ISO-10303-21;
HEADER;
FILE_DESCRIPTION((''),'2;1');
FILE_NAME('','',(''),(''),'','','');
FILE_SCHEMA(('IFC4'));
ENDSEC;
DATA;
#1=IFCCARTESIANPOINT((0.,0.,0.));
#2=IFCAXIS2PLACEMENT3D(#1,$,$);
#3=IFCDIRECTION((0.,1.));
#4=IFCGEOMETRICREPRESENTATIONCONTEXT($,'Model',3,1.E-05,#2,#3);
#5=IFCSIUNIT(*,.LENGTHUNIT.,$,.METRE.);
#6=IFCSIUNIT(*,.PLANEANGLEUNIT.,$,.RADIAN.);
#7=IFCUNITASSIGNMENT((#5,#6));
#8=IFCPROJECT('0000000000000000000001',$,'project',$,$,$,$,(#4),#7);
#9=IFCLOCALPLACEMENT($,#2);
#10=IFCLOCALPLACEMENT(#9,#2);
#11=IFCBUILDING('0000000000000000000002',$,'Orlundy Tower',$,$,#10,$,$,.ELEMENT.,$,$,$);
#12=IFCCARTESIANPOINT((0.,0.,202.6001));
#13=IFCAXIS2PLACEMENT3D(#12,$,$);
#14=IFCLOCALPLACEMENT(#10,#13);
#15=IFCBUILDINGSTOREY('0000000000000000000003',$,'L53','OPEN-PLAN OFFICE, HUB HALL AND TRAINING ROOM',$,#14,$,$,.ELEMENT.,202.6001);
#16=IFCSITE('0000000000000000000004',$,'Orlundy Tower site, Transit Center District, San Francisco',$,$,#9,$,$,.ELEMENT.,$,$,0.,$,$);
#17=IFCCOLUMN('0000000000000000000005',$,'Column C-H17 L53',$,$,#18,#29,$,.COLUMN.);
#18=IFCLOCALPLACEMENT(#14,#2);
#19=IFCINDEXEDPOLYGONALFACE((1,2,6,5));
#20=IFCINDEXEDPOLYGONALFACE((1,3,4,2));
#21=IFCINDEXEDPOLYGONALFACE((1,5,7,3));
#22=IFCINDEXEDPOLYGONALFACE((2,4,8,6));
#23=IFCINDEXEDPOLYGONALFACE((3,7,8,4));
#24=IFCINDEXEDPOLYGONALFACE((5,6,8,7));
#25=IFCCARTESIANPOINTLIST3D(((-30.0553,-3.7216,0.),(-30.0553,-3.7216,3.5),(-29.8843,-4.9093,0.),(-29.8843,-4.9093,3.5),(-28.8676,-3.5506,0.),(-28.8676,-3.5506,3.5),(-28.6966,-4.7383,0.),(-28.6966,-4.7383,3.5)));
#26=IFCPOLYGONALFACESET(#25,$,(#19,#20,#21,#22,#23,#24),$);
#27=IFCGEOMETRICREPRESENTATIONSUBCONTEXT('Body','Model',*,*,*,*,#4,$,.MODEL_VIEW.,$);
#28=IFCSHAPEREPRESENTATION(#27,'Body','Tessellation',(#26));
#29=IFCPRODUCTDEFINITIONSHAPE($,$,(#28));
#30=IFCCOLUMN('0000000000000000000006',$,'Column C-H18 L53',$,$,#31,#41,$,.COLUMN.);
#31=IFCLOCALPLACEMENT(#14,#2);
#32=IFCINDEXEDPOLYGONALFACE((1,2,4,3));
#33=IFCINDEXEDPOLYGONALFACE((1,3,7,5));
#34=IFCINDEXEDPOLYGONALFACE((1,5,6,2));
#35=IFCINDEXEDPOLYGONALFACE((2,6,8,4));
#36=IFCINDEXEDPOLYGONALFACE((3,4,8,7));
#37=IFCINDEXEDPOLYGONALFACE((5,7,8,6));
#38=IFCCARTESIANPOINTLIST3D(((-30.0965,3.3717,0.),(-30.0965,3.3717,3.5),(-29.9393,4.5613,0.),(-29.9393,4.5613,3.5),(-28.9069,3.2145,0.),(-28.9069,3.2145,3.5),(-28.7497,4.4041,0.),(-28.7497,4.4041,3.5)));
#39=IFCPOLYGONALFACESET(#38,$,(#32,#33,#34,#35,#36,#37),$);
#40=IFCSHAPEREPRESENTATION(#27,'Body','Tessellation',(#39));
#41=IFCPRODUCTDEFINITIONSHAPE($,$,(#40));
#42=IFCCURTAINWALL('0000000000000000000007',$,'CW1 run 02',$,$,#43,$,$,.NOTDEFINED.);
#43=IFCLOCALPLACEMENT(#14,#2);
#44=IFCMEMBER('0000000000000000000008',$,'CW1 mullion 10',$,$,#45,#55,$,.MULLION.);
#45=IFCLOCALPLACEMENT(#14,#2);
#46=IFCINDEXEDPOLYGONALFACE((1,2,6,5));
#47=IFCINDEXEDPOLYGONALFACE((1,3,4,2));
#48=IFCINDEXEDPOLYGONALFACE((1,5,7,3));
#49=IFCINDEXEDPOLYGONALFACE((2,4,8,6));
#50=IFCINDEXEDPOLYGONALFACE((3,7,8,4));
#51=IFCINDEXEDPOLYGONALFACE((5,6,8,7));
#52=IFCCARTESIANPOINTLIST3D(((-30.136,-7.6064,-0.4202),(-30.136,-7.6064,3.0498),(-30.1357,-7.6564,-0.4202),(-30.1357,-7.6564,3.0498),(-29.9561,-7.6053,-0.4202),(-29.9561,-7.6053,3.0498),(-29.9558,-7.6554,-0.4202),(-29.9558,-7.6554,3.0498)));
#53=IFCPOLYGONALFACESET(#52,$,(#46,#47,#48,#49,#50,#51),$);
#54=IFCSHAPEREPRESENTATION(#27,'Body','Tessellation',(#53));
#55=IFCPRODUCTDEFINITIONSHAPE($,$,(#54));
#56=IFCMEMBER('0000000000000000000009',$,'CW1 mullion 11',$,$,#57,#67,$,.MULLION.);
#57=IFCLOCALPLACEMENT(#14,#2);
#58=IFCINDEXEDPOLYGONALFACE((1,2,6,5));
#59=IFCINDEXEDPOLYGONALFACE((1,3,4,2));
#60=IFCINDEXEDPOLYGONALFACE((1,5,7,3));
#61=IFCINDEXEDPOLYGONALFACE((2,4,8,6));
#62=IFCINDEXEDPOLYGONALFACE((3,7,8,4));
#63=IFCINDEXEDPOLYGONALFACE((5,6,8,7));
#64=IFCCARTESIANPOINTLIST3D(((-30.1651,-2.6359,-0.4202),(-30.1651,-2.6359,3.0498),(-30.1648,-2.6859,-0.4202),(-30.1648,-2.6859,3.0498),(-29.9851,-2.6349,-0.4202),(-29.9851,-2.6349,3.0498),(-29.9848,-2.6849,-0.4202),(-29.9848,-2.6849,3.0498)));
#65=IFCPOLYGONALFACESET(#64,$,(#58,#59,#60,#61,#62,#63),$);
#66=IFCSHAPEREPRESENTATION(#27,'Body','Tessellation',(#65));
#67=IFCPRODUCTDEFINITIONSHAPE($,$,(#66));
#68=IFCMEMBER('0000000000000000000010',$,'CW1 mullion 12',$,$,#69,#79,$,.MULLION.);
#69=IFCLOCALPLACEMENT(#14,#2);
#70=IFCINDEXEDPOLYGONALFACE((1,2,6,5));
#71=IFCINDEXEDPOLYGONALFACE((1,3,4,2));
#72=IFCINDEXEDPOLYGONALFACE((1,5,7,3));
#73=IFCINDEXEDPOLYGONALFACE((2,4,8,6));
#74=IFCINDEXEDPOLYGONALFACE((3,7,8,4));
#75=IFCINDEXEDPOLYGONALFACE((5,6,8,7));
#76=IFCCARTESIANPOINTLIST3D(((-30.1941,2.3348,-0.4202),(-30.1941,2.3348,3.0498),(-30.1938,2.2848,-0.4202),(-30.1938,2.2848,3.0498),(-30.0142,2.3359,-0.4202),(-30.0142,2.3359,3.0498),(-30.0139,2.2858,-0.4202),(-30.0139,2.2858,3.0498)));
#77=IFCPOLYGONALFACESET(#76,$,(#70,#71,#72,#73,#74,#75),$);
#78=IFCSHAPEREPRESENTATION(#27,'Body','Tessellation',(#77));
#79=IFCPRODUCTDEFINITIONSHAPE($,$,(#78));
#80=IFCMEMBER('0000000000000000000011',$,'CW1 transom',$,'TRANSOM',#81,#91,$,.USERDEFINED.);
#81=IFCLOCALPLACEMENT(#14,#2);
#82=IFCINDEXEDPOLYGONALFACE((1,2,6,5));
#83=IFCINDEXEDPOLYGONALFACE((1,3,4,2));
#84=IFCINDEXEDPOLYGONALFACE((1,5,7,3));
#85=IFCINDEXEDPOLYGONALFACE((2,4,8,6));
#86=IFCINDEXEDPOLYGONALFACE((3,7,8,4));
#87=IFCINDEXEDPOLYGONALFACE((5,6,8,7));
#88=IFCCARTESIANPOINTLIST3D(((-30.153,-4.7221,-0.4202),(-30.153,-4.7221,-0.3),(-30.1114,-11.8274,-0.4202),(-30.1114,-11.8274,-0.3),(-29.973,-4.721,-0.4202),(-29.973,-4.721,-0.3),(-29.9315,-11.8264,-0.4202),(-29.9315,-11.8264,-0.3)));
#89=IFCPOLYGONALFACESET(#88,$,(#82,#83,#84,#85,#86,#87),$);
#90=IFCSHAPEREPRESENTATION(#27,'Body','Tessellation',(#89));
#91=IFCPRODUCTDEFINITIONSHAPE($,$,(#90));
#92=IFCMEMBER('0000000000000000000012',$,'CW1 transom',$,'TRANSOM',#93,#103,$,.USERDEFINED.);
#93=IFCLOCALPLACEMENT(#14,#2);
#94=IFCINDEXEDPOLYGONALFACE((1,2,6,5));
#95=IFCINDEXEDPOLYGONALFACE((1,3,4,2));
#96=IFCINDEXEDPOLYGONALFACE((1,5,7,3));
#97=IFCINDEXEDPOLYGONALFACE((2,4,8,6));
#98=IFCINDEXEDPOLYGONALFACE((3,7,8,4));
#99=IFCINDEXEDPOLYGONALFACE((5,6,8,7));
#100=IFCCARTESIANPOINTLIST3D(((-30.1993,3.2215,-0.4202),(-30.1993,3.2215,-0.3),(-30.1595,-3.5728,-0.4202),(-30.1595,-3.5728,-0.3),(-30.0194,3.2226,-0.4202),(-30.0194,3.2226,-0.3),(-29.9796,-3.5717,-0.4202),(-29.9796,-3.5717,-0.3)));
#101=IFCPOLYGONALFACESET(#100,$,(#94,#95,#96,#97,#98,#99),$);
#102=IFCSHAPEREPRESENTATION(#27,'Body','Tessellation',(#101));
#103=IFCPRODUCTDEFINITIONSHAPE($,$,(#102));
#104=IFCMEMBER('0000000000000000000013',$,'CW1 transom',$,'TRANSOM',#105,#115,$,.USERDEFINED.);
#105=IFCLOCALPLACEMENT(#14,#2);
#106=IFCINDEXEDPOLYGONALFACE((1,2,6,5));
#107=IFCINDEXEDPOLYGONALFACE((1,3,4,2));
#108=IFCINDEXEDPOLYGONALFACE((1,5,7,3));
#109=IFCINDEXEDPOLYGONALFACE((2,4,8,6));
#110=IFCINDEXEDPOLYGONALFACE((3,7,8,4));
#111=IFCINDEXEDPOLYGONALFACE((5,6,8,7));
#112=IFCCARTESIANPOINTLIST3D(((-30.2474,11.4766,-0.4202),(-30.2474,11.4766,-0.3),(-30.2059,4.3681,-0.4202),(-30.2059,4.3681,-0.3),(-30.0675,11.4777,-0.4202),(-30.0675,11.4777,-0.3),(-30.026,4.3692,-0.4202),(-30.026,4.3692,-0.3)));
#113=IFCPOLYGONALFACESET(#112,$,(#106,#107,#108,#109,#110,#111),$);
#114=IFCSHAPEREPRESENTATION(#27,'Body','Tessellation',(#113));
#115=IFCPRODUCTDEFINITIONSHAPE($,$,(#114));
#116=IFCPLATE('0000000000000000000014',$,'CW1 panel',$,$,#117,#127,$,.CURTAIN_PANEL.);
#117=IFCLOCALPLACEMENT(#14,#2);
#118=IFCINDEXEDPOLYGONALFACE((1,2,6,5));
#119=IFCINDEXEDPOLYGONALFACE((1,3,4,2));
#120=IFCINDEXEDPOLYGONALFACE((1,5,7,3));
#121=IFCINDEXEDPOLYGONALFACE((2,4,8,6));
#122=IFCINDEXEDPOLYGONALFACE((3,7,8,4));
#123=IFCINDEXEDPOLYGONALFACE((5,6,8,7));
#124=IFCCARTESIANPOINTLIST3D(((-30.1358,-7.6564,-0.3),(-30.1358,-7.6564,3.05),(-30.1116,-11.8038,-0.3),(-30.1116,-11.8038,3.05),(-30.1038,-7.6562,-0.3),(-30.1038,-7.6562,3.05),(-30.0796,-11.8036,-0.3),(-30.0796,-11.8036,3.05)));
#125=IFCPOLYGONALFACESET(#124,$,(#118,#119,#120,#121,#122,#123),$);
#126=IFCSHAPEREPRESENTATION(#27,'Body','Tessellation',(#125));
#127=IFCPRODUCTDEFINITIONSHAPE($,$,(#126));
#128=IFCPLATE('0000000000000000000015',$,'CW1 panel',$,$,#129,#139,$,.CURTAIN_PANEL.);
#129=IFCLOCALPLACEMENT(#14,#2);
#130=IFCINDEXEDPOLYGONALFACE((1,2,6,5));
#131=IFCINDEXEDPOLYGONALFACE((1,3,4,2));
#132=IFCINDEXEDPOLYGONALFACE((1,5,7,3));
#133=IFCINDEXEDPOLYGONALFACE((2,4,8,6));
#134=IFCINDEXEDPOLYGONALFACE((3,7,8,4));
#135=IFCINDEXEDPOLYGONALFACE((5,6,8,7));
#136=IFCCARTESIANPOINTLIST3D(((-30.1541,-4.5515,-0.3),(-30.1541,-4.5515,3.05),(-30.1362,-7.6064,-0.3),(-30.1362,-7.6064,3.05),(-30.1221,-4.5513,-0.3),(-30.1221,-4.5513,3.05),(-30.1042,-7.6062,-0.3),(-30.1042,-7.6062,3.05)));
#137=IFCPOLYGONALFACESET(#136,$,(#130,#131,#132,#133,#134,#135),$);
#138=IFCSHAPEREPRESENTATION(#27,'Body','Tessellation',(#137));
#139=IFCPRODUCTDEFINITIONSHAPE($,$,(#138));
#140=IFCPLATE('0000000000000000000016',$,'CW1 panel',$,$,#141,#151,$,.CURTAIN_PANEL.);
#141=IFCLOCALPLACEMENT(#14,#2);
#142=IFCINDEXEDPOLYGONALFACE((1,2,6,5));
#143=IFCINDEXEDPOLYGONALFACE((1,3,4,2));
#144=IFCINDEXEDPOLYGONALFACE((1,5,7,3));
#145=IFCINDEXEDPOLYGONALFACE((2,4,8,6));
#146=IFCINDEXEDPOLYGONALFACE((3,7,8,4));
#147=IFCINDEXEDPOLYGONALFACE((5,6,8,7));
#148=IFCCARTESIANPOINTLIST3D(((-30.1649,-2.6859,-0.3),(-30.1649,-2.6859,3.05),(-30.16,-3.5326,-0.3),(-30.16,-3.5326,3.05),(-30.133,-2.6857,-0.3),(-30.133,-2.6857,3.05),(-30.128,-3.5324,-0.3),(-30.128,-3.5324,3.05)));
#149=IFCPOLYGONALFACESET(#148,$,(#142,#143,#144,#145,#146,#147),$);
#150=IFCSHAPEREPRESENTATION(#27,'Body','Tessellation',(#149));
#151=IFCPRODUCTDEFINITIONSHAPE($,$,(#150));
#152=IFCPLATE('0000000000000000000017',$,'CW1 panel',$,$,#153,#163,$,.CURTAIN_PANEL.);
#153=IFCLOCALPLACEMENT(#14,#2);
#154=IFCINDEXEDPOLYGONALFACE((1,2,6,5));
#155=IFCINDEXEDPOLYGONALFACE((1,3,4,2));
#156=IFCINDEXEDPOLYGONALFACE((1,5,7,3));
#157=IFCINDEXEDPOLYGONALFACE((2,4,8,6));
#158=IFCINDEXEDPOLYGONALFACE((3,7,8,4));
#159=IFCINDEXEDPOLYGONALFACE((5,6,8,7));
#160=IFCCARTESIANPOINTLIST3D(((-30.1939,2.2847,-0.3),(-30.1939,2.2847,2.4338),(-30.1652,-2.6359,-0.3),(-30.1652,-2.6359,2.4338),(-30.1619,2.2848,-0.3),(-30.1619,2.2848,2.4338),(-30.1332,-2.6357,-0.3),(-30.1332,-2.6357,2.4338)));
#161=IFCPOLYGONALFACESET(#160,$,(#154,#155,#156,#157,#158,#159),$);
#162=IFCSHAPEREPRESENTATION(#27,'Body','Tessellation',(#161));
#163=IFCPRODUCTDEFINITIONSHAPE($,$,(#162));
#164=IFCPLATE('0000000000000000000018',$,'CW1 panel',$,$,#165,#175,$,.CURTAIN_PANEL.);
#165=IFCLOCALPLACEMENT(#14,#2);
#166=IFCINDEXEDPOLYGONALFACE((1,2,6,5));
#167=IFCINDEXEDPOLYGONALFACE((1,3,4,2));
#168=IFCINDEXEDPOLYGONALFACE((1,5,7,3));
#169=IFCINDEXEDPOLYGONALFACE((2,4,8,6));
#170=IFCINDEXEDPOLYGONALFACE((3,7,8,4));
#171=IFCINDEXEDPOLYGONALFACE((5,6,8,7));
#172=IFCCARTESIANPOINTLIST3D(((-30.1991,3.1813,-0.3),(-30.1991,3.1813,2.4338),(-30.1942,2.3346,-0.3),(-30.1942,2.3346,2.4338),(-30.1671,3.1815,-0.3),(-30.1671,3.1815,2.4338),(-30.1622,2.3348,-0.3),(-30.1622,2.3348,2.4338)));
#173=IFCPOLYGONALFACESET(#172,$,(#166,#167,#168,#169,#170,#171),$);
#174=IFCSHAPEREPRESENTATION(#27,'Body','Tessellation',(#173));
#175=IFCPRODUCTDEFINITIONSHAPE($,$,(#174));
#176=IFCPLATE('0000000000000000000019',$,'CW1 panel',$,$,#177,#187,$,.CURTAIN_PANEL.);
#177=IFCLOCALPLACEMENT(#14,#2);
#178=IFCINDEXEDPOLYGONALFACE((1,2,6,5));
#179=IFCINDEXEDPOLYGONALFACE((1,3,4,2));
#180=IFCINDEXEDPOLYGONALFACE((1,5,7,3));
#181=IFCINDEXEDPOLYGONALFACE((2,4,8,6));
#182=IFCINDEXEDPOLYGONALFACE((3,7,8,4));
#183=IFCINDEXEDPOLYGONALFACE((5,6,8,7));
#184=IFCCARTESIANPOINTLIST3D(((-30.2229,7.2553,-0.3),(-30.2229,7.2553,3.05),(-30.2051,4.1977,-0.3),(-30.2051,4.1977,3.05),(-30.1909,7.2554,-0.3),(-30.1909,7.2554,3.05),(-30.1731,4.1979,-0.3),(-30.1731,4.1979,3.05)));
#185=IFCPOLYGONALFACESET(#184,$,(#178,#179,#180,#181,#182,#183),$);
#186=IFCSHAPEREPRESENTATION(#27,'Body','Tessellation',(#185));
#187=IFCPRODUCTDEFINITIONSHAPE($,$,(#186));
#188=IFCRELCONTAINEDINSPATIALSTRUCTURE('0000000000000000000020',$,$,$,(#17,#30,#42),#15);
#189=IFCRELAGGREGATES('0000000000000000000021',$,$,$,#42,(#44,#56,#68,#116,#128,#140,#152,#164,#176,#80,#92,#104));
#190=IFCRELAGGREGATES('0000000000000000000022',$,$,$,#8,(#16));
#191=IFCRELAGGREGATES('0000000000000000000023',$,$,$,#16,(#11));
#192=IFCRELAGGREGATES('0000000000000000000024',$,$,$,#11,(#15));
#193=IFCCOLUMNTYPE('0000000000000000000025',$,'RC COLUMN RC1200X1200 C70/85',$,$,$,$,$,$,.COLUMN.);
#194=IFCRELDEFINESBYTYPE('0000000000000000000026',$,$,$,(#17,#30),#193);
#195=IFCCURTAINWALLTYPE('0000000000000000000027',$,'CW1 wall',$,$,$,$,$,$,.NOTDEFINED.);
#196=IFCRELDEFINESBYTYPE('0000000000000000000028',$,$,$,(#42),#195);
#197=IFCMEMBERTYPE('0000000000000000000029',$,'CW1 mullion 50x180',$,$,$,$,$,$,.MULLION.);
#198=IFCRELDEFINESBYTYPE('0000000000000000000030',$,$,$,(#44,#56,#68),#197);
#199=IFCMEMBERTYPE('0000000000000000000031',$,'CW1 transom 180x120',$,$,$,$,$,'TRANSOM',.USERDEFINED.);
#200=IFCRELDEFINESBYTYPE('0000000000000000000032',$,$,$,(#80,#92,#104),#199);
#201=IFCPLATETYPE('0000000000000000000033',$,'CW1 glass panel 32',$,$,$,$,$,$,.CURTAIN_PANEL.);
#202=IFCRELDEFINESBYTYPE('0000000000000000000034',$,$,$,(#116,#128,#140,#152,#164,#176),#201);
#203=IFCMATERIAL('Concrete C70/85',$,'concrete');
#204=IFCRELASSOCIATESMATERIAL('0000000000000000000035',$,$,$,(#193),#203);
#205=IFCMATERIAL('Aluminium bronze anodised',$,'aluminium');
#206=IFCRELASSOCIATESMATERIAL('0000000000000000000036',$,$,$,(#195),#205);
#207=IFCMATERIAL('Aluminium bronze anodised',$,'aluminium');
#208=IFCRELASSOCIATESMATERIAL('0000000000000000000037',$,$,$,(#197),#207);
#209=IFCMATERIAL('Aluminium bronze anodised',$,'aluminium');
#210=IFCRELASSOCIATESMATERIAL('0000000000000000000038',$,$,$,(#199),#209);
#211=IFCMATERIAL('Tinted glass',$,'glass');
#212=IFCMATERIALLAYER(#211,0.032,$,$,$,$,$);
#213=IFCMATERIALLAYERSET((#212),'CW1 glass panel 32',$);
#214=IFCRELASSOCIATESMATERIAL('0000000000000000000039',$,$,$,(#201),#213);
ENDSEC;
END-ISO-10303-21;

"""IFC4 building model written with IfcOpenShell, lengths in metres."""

from ifc_helpers import new_model, si_unit, direction, frame, origin, origin_2d, place, context, subcontext, project, spatial, rectangle, extrude, material, layer, layer_set, material_profile, profile_set, type_object, element, aggregate, save


model = new_model("IFC4")

# Units and contexts
model_context = context("Model", 3, precision=1e-05, world=origin(), true_north=direction((0.0, 1.0)))
body_context = subcontext(model_context, "Body", "Model", "MODEL_VIEW")
ifc_project = project(units=[si_unit("LENGTHUNIT", "METRE"), si_unit("PLANEANGLEUNIT", "RADIAN")], contexts=[model_context])

# Site, building, storey
site_placement = place(None, origin())
site = spatial("IfcSite", under=ifc_project, at=site_placement, Name="Orlundy Tower site, Transit Center District, San Francisco", CompositionType="ELEMENT", RefElevation=0.0)
building_placement = place(site_placement, origin())
building = spatial("IfcBuilding", under=site, at=building_placement, Name="Orlundy Tower", CompositionType="ELEMENT")
storey_placement = place(building_placement, frame((0.0, 0.0, 202.6001)))
storey = spatial("IfcBuildingStorey", under=building, at=storey_placement, Name="L53", Description="OPEN-PLAN OFFICE, HUB HALL AND TRAINING ROOM", CompositionType="ELEMENT", Elevation=202.6001)

# Columns
ifc_material_1 = material(Name="Concrete C70/85", Category="concrete")
ifc_material_profile_1 = material_profile(ifc_material_1, rectangle(XDim=1.2, YDim=1.2, at=origin_2d()), Name="RC1200X1200")
ifc_profile_set_1 = profile_set([ifc_material_profile_1], Name="Concrete C70/85")
column_type = type_object("IfcColumnType", Name="RC COLUMN RC1200X1200 C70/85", PredefinedType="COLUMN", material=ifc_profile_set_1)
for number, where, z_axis, x_axis, name in (
    (1, (-29.376, -4.23, 0.0), (0.0, 0.0, 1.0), (-0.989791, -0.142525, 0.0), "Column C-H17 L53"),
    (2, (-29.4231, 3.8879, 0.0), (0.0, 0.0, 1.0), (-0.991381, 0.131011, 0.0), "Column C-H18 L53"),
):
    element("IfcColumn", number, at=place(storey_placement, frame(where, z_axis=z_axis, x_axis=x_axis)), inside=storey, type_object=column_type, Name=name, PredefinedType="COLUMN", context=body_context, shape_type="SweptSolid", body=[
        extrude(rectangle(XDim=1.2, YDim=1.2, at=origin_2d()), origin(), (0.0, 0.0, 1.0), 3.5),
    ])

# Curtain wall, members, plates
ifc_material_2 = material(Name="Aluminium bronze anodised", Category="aluminium")
curtain_wall_type = type_object("IfcCurtainWallType", Name="CW1 wall", PredefinedType="NOTDEFINED", material=ifc_material_2)
curtain_wall_placement = place(storey_placement, origin())
curtain_wall = element("IfcCurtainWall", 3, at=curtain_wall_placement, inside=storey, type_object=curtain_wall_type, Name="CW1 run 02", PredefinedType="NOTDEFINED")
ifc_material_3 = material(Name="Aluminium bronze anodised", Category="aluminium")
ifc_material_profile_2 = material_profile(ifc_material_3, rectangle(XDim=0.1799, YDim=0.05, at=origin_2d()), Name="CW1 mullion 50x180")
ifc_profile_set_2 = profile_set([ifc_material_profile_2], Name="Aluminium bronze anodised")
member_type_1 = type_object("IfcMemberType", Name="CW1 mullion 50x180", PredefinedType="MULLION", material=ifc_profile_set_2)
member_1_placement = place(storey_placement, frame((-30.0459, -7.6309, -0.4202), z_axis=(0.0, 0.0, 1.0), x_axis=(-0.999983, -0.005834, 0.0)))
member_1 = element("IfcMember", 4, at=member_1_placement, type_object=member_type_1, Name="CW1 mullion 10", PredefinedType="MULLION", context=body_context, shape_type="SweptSolid", body=[
    extrude(rectangle(XDim=0.1799, YDim=0.05, at=origin_2d()), origin(), (0.0, 0.0, 1.0), 3.47),
])
member_2_placement = place(storey_placement, frame((-30.075, -2.6604, -0.4202), z_axis=(0.0, 0.0, 1.0), x_axis=(-0.999983, -0.005834, 0.0)))
member_2 = element("IfcMember", 5, at=member_2_placement, type_object=member_type_1, Name="CW1 mullion 11", PredefinedType="MULLION", context=body_context, shape_type="SweptSolid", body=[
    extrude(rectangle(XDim=0.1799, YDim=0.05, at=origin_2d()), origin(), (0.0, 0.0, 1.0), 3.47),
])
member_3_placement = place(storey_placement, frame((-30.104, 2.3103, -0.4202), z_axis=(0.0, 0.0, 1.0), x_axis=(-0.999983, -0.005834, 0.0)))
member_3 = element("IfcMember", 6, at=member_3_placement, type_object=member_type_1, Name="CW1 mullion 12", PredefinedType="MULLION", context=body_context, shape_type="SweptSolid", body=[
    extrude(rectangle(XDim=0.1799, YDim=0.05, at=origin_2d()), origin(), (0.0, 0.0, 1.0), 3.47),
])
ifc_material_4 = material(Name="Aluminium bronze anodised", Category="aluminium")
ifc_material_profile_3 = material_profile(ifc_material_4, rectangle(XDim=0.1799, YDim=0.1201, at=origin_2d()), Name="CW1 transom 180x120")
ifc_profile_set_3 = profile_set([ifc_material_profile_3], Name="Aluminium bronze anodised")
member_type_2 = type_object("IfcMemberType", Name="CW1 transom 180x120", ElementType="TRANSOM", PredefinedType="USERDEFINED", material=ifc_profile_set_3)
member_4_placement = place(storey_placement, frame((-30.0215, -11.8269, -0.3601), z_axis=(-0.005841, 0.999983, 0.0), x_axis=(-0.999983, -0.005841, 0.0)))
member_4 = element("IfcMember", 7, at=member_4_placement, type_object=member_type_2, Name="CW1 transom", ObjectType="TRANSOM", PredefinedType="USERDEFINED", context=body_context, shape_type="SweptSolid", body=[
    extrude(rectangle(XDim=0.1799, YDim=0.1201, at=origin_2d()), origin(), (0.0, 0.0, 1.0), 7.1055),
])
member_5_placement = place(storey_placement, frame((-30.0696, -3.5723, -0.3601), z_axis=(-0.005857, 0.999983, 0.0), x_axis=(-0.999983, -0.005857, 0.0)))
member_5 = element("IfcMember", 8, at=member_5_placement, type_object=member_type_2, Name="CW1 transom", ObjectType="TRANSOM", PredefinedType="USERDEFINED", context=body_context, shape_type="SweptSolid", body=[
    extrude(rectangle(XDim=0.1799, YDim=0.1201, at=origin_2d()), origin(), (0.0, 0.0, 1.0), 6.7944),
])
member_6_placement = place(storey_placement, frame((-30.116, 4.3687, -0.3601), z_axis=(-0.005838, 0.999983, 0.0), x_axis=(-0.999983, -0.005838, 0.0)))
member_6 = element("IfcMember", 9, at=member_6_placement, type_object=member_type_2, Name="CW1 transom", ObjectType="TRANSOM", PredefinedType="USERDEFINED", context=body_context, shape_type="SweptSolid", body=[
    extrude(rectangle(XDim=0.1799, YDim=0.1201, at=origin_2d()), origin(), (0.0, 0.0, 1.0), 7.1086),
])
ifc_material_5 = material(Name="Tinted glass", Category="glass")
ifc_layer_1 = layer(ifc_material_5, 0.032)
ifc_layer_set_1 = layer_set([ifc_layer_1], Name="CW1 glass panel 32")
plate_type = type_object("IfcPlateType", Name="CW1 glass panel 32", PredefinedType="CURTAIN_PANEL", material=ifc_layer_set_1)
plate_1_placement = place(storey_placement, frame((-30.1077, -9.73, -0.3), z_axis=(0.0, 0.0, 1.0), x_axis=(-0.005834, 0.999983, 0.0)))
plate_1 = element("IfcPlate", 10, at=plate_1_placement, type_object=plate_type, Name="CW1 panel", PredefinedType="CURTAIN_PANEL", context=body_context, shape_type="SweptSolid", body=[
    extrude(rectangle(XDim=4.1475, YDim=0.032, at=origin_2d()), origin(), (0.0, 0.0, 1.0), 3.3501),
])
plate_2_placement = place(storey_placement, frame((-30.1292, -6.0789, -0.3), z_axis=(0.0, 0.0, 1.0), x_axis=(-0.005834, 0.999983, 0.0)))
plate_2 = element("IfcPlate", 11, at=plate_2_placement, type_object=plate_type, Name="CW1 panel", PredefinedType="CURTAIN_PANEL", context=body_context, shape_type="SweptSolid", body=[
    extrude(rectangle(XDim=3.0549, YDim=0.032, at=origin_2d()), origin(), (0.0, 0.0, 1.0), 3.3501),
])
plate_3_placement = place(storey_placement, frame((-30.1465, -3.1091, -0.3), z_axis=(0.0, 0.0, 1.0), x_axis=(-0.005834, 0.999983, 0.0)))
plate_3 = element("IfcPlate", 12, at=plate_3_placement, type_object=plate_type, Name="CW1 panel", PredefinedType="CURTAIN_PANEL", context=body_context, shape_type="SweptSolid", body=[
    extrude(rectangle(XDim=0.8467, YDim=0.032, at=origin_2d()), origin(), (0.0, 0.0, 1.0), 3.3501),
])
plate_4_placement = place(storey_placement, frame((-30.1636, -0.1755, -0.3), z_axis=(0.0, 0.0, 1.0), x_axis=(-0.005834, 0.999983, 0.0)))
plate_4 = element("IfcPlate", 13, at=plate_4_placement, type_object=plate_type, Name="CW1 panel", PredefinedType="CURTAIN_PANEL", context=body_context, shape_type="SweptSolid", body=[
    extrude(rectangle(XDim=4.9207, YDim=0.032, at=origin_2d()), origin(), (0.0, 0.0, 1.0), 2.7339),
])
plate_5_placement = place(storey_placement, frame((-30.1807, 2.7581, -0.3), z_axis=(0.0, 0.0, 1.0), x_axis=(-0.005834, 0.999983, 0.0)))
plate_5 = element("IfcPlate", 14, at=plate_5_placement, type_object=plate_type, Name="CW1 panel", PredefinedType="CURTAIN_PANEL", context=body_context, shape_type="SweptSolid", body=[
    extrude(rectangle(XDim=0.8467, YDim=0.032, at=origin_2d()), origin(), (0.0, 0.0, 1.0), 2.7339),
])
plate_6_placement = place(storey_placement, frame((-30.198, 5.7266, -0.3), z_axis=(0.0, 0.0, 1.0), x_axis=(-0.005834, 0.999983, 0.0)))
plate_6 = element("IfcPlate", 15, at=plate_6_placement, type_object=plate_type, Name="CW1 panel", PredefinedType="CURTAIN_PANEL", context=body_context, shape_type="SweptSolid", body=[
    extrude(rectangle(XDim=3.0576, YDim=0.032, at=origin_2d()), origin(), (0.0, 0.0, 1.0), 3.3501),
])
aggregate(curtain_wall, [member_1, member_2, member_3, plate_1, plate_2, plate_3, plate_4, plate_5, plate_6, member_4, member_5, member_6])

save(model, "model.ifc")
